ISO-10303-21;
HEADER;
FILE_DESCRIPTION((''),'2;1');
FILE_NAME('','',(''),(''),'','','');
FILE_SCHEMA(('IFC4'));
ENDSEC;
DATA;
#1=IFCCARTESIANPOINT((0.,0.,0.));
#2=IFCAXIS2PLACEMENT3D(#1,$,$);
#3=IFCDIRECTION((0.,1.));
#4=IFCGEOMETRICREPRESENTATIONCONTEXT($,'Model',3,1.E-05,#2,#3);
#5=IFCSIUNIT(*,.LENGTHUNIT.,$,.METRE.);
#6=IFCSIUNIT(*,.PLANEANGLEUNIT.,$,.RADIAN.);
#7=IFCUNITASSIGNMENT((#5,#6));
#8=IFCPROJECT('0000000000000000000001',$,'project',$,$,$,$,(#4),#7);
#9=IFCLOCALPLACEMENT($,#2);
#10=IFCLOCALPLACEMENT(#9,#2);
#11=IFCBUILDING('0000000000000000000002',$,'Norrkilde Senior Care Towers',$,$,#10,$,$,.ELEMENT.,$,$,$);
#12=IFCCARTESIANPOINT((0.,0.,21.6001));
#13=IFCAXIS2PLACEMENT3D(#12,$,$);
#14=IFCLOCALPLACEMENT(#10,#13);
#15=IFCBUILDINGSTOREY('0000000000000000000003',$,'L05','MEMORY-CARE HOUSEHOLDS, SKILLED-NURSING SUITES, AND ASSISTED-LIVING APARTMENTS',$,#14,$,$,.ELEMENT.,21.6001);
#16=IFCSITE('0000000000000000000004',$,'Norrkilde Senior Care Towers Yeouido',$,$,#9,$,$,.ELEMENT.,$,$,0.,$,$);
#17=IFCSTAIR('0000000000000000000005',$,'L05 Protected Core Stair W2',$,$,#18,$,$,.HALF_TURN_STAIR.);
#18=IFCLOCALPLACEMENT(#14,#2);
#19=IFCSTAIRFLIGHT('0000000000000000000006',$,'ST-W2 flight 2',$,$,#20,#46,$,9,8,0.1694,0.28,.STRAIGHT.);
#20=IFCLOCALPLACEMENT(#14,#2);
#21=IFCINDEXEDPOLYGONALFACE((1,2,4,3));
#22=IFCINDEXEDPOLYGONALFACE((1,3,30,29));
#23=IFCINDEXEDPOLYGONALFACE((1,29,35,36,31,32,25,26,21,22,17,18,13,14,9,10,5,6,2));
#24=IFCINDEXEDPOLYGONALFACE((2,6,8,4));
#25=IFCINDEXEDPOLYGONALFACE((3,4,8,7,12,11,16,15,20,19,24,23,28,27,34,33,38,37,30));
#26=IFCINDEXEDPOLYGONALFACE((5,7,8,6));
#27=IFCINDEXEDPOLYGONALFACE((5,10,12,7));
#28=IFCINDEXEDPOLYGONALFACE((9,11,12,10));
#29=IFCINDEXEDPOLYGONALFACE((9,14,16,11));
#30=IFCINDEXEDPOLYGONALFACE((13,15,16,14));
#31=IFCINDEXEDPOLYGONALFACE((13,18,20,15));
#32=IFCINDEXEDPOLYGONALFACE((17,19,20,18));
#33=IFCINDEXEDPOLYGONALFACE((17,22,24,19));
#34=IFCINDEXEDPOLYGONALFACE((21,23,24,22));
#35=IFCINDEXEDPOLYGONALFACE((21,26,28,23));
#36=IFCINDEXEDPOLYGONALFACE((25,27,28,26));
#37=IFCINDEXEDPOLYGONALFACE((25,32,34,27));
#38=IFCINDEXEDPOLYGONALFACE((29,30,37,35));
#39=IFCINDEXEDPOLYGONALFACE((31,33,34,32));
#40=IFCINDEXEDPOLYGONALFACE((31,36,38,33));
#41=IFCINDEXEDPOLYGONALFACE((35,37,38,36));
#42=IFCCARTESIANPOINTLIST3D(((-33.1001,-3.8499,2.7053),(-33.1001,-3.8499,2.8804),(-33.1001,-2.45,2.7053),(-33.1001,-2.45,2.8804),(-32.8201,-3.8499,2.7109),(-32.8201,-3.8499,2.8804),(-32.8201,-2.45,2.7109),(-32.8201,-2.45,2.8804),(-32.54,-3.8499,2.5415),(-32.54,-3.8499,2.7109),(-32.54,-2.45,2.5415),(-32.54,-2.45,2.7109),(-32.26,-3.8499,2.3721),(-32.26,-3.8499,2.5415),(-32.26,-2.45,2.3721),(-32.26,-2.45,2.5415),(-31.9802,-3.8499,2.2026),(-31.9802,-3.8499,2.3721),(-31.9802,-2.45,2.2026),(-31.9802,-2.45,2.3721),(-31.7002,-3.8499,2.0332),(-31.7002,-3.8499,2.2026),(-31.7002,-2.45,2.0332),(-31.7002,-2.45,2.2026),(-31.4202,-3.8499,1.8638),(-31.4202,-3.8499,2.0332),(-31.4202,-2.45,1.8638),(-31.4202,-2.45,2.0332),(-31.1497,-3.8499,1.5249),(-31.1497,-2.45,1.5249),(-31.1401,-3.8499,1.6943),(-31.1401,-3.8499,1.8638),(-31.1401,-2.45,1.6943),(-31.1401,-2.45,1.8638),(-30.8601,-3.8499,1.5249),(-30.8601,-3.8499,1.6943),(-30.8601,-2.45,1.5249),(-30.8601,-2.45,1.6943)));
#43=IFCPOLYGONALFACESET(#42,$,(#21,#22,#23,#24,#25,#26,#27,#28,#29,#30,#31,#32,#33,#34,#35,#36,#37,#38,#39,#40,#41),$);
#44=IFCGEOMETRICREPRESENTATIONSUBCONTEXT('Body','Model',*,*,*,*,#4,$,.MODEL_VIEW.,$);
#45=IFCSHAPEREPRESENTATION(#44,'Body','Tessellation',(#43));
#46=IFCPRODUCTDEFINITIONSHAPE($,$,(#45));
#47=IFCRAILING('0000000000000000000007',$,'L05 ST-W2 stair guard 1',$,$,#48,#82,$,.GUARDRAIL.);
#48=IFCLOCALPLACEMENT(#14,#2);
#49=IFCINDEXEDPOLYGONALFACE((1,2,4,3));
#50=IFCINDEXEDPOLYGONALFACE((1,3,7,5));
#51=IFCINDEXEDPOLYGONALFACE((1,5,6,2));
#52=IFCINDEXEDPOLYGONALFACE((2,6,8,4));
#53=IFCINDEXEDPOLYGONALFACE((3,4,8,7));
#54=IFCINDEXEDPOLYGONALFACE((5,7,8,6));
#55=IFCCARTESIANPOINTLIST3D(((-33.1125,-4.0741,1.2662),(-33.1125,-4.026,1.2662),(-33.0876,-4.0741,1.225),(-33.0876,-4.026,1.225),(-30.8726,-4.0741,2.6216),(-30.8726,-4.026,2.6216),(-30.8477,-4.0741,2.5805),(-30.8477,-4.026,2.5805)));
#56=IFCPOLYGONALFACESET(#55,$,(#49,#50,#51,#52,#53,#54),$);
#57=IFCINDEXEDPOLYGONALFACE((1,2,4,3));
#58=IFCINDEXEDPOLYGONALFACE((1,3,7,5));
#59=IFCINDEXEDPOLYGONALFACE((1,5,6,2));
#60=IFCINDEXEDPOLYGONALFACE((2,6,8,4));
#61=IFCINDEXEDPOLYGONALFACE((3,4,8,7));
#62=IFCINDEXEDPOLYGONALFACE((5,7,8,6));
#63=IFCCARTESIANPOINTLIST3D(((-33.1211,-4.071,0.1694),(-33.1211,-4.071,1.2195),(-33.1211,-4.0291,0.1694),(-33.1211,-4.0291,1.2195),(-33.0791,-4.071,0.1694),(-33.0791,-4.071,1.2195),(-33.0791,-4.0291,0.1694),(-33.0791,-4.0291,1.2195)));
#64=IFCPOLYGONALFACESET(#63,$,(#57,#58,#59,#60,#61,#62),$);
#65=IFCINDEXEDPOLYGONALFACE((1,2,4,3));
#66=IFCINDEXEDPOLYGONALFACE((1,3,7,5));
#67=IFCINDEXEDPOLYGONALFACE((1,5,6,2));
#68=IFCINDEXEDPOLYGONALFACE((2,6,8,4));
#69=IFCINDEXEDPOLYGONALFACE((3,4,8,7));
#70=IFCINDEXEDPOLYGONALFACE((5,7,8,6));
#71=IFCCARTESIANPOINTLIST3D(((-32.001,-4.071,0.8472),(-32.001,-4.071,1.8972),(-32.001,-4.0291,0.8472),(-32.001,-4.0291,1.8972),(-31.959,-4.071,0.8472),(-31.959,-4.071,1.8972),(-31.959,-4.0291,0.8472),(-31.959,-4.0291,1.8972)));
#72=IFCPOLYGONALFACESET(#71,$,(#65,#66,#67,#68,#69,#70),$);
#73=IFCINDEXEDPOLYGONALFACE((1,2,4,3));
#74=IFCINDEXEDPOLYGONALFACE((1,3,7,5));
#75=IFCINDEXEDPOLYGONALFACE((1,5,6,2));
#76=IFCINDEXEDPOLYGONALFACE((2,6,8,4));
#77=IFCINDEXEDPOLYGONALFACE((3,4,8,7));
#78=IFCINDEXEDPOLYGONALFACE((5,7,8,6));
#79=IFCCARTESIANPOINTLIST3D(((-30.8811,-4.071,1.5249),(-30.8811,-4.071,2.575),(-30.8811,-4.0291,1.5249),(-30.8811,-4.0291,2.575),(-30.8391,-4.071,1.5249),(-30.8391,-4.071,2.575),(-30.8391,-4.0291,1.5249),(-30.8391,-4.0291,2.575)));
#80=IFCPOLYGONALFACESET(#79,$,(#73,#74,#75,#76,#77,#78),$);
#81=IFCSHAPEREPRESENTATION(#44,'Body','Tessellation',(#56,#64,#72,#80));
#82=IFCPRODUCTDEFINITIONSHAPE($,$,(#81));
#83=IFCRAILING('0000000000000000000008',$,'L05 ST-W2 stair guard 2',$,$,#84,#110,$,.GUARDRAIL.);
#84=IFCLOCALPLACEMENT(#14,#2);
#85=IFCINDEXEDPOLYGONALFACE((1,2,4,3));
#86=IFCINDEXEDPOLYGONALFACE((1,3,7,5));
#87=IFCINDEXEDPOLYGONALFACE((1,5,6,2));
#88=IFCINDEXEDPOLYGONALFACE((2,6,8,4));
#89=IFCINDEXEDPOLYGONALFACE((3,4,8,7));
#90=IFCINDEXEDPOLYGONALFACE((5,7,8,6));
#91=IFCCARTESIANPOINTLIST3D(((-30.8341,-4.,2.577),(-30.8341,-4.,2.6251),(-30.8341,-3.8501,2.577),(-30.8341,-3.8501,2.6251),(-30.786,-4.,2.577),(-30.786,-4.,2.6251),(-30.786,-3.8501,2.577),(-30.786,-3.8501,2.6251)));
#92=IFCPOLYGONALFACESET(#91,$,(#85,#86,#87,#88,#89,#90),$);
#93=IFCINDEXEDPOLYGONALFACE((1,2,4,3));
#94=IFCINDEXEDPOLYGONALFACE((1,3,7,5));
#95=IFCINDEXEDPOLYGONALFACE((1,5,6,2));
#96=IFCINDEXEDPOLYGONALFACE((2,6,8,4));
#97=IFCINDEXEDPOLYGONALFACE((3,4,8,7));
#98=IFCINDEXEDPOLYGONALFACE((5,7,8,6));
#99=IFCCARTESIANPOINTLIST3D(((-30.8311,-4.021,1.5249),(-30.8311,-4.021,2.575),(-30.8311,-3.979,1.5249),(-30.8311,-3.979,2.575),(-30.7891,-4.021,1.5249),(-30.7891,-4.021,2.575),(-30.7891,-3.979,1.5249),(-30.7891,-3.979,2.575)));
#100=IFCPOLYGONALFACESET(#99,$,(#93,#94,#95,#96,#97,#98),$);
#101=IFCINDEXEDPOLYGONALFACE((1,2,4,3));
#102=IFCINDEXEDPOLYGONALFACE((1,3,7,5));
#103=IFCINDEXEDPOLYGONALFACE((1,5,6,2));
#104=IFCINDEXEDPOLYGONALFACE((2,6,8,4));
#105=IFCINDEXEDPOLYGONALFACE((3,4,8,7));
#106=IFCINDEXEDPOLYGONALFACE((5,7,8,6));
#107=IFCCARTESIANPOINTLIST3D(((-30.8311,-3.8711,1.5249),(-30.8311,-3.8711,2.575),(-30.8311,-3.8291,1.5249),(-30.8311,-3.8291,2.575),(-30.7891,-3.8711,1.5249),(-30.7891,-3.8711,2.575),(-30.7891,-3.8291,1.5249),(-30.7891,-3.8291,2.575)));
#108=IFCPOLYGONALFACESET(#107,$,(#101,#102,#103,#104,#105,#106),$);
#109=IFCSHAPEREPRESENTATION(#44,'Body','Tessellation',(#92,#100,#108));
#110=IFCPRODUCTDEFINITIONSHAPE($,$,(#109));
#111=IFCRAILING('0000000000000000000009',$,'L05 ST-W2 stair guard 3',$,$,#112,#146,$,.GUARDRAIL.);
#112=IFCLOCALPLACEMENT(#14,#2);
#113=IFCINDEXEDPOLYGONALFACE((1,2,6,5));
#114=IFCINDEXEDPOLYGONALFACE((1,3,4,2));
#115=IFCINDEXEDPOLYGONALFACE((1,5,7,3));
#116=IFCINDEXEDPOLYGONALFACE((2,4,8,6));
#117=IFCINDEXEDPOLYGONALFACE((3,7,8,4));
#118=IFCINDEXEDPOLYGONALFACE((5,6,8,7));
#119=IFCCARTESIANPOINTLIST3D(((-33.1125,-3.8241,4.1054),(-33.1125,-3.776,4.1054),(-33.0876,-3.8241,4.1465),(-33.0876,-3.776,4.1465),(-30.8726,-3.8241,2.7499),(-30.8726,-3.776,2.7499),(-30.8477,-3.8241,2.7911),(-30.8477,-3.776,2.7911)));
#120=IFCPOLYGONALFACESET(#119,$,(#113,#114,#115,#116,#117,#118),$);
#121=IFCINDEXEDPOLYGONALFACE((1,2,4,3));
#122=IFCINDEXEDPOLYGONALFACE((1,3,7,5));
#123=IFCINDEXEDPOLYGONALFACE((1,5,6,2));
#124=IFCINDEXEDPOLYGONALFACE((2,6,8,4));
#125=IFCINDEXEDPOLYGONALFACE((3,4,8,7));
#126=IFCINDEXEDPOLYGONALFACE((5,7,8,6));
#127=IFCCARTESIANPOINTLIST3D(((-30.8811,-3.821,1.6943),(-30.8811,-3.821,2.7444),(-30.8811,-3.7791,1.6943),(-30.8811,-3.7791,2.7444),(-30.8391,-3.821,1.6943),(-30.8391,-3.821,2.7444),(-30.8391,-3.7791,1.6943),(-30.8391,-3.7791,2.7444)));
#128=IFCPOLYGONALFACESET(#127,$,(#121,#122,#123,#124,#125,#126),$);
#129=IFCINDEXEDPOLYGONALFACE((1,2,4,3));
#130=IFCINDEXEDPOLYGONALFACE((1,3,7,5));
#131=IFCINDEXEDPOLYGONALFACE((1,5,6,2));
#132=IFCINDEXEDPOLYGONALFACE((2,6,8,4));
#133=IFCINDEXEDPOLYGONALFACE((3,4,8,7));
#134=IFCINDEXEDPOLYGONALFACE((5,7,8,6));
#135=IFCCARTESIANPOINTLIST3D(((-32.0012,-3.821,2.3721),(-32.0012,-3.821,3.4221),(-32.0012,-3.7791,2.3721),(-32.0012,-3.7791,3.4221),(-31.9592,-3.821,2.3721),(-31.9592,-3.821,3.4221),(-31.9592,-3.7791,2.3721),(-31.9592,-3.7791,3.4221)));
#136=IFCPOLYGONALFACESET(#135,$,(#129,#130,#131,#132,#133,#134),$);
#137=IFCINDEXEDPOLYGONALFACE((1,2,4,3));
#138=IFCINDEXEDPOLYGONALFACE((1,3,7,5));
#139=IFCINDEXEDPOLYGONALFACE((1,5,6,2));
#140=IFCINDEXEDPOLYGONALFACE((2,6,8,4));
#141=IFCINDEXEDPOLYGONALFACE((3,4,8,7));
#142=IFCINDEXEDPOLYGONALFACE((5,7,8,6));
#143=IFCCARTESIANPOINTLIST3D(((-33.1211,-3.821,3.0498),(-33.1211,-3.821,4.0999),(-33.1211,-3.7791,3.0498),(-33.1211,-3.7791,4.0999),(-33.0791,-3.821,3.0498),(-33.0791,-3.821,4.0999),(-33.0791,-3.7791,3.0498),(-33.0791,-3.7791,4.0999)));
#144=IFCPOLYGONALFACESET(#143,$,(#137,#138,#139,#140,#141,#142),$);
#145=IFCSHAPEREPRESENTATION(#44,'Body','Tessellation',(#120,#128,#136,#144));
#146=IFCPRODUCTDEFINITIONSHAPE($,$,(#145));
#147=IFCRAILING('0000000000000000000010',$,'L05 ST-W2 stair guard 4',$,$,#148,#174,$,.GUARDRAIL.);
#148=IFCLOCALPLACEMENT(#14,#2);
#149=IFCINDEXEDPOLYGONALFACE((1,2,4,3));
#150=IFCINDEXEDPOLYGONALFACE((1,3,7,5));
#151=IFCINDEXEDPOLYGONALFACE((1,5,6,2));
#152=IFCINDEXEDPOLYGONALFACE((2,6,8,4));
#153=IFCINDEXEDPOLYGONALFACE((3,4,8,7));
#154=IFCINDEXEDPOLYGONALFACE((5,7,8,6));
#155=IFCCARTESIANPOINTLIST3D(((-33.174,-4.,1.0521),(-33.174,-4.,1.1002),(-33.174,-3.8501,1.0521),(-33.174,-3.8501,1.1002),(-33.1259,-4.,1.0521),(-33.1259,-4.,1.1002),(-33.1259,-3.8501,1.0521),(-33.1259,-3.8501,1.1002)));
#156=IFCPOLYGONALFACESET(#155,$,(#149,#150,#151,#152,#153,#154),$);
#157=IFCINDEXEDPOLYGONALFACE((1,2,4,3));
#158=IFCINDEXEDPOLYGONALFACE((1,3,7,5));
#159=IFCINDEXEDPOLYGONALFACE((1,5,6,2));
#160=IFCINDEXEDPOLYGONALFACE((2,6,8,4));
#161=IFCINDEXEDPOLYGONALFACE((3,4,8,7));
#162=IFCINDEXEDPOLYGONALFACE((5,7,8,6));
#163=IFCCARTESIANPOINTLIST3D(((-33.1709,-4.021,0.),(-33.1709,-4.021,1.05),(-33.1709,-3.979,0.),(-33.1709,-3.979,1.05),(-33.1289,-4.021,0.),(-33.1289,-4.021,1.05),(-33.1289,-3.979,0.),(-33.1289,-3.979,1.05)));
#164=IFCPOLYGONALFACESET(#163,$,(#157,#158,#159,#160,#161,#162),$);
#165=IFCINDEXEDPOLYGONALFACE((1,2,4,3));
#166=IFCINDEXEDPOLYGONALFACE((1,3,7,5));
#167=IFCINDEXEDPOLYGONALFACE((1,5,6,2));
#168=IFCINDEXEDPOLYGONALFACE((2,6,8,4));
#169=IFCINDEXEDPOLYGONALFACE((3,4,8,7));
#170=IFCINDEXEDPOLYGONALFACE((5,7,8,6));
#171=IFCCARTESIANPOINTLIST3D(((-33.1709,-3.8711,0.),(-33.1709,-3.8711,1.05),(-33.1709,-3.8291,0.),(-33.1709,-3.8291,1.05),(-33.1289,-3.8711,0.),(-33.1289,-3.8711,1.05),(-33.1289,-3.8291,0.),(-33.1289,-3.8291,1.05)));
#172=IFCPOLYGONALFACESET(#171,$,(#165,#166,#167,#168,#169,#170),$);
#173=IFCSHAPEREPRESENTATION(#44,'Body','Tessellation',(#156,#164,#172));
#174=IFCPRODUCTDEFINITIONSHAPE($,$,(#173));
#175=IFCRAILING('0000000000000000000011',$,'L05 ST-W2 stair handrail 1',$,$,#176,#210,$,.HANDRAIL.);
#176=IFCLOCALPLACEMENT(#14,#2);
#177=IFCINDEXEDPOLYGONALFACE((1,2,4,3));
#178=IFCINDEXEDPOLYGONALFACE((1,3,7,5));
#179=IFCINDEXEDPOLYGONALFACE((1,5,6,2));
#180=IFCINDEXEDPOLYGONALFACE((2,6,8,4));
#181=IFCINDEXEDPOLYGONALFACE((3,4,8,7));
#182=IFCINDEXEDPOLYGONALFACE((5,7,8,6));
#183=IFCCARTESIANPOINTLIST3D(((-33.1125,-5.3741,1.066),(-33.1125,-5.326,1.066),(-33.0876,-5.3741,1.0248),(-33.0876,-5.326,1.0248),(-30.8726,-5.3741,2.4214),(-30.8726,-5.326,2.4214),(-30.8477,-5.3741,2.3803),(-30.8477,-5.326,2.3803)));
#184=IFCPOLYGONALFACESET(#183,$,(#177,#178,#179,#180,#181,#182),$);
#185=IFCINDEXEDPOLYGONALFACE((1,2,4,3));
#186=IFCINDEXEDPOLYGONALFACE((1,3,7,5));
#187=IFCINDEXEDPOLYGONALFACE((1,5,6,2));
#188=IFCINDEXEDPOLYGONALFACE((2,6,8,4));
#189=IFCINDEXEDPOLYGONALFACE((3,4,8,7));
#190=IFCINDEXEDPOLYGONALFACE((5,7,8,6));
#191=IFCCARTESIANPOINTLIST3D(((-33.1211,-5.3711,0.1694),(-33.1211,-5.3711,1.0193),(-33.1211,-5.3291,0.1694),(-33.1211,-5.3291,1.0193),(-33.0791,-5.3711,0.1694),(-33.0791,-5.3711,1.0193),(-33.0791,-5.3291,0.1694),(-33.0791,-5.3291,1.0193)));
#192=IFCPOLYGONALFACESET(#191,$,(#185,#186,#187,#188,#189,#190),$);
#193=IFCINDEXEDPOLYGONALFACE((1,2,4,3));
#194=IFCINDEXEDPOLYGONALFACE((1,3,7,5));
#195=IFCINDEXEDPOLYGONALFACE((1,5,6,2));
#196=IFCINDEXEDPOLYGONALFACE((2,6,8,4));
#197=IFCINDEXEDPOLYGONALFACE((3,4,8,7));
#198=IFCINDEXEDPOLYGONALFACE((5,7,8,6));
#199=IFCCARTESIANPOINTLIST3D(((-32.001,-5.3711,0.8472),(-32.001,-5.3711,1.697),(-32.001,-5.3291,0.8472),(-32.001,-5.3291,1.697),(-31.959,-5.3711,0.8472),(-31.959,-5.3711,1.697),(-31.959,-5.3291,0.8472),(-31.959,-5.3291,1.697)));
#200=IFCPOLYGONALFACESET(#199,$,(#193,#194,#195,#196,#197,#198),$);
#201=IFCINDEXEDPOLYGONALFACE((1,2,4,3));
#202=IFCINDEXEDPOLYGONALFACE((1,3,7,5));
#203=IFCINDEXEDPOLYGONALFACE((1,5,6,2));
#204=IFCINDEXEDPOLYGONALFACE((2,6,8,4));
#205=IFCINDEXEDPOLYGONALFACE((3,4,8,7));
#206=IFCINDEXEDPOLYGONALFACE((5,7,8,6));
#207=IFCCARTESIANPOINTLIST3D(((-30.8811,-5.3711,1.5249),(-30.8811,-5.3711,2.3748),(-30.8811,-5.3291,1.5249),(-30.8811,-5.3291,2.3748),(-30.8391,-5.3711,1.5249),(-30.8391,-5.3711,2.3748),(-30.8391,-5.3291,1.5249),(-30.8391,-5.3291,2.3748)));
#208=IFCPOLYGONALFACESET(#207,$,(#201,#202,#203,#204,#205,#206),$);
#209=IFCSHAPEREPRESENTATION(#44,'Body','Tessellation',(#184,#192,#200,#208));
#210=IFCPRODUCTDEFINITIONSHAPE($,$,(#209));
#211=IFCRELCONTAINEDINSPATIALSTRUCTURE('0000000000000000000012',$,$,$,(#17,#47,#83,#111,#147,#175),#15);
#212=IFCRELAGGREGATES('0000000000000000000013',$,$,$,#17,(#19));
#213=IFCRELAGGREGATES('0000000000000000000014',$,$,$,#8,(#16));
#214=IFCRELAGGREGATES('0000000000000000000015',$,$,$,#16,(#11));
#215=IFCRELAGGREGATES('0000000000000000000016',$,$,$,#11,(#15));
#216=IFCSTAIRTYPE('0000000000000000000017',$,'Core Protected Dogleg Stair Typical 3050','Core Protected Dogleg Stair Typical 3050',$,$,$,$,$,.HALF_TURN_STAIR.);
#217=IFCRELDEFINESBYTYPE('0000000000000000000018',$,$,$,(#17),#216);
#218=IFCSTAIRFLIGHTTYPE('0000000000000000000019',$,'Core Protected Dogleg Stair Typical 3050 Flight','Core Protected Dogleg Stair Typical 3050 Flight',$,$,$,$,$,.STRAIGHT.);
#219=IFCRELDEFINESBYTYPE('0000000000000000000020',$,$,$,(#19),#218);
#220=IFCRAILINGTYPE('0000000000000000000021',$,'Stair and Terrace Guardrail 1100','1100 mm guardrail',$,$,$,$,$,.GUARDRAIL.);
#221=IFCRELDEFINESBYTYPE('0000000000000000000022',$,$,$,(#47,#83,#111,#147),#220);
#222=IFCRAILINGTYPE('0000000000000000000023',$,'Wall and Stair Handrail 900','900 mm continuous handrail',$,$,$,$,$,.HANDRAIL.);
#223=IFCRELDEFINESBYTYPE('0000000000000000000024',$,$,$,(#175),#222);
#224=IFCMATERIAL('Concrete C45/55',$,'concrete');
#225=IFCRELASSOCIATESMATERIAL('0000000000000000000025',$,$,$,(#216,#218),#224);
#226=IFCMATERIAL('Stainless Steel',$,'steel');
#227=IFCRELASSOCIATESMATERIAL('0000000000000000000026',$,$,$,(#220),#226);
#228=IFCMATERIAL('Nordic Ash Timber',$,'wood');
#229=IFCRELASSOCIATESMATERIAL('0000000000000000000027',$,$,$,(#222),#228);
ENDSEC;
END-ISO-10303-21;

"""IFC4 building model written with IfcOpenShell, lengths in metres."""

from ifc_helpers import new_model, si_unit, direction, frame, origin, origin_2d, place, context, subcontext, project, spatial, polyline, rectangle, outline, extrude, material, type_object, element, aggregate, save


model = new_model("IFC4")

# Units and contexts
model_context = context("Model", 3, precision=1e-05, world=origin(), true_north=direction((0.0, 1.0)))
body_context = subcontext(model_context, "Body", "Model", "MODEL_VIEW")
ifc_project = project(units=[si_unit("LENGTHUNIT", "METRE"), si_unit("PLANEANGLEUNIT", "RADIAN")], contexts=[model_context])

# Site, building, storey
site_placement = place(None, origin())
site = spatial("IfcSite", under=ifc_project, at=site_placement, Name="Norrkilde Senior Care Towers Yeouido", CompositionType="ELEMENT", RefElevation=0.0)
building_placement = place(site_placement, origin())
building = spatial("IfcBuilding", under=site, at=building_placement, Name="Norrkilde Senior Care Towers", CompositionType="ELEMENT")
storey_placement = place(building_placement, frame((0.0, 0.0, 21.6001)))
storey = spatial("IfcBuildingStorey", under=building, at=storey_placement, Name="L05", Description="MEMORY-CARE HOUSEHOLDS, SKILLED-NURSING SUITES, AND ASSISTED-LIVING APARTMENTS", CompositionType="ELEMENT", Elevation=21.6001)

# Shared definitions
ifc_material_1 = material(Name="Concrete C45/55", Category="concrete")

# Shared definitions
ifc_material_2 = material(Name="Stainless Steel", Category="steel")

# Stair, stair flight
stair_type = type_object("IfcStairType", Name="Core Protected Dogleg Stair Typical 3050", Description="Core Protected Dogleg Stair Typical 3050", PredefinedType="HALF_TURN_STAIR", material=ifc_material_1)
stair_placement = place(storey_placement, origin())
stair = element("IfcStair", 1, at=stair_placement, inside=storey, type_object=stair_type, Name="L05 Protected Core Stair W2", PredefinedType="HALF_TURN_STAIR")
stair_flight_type = type_object("IfcStairFlightType", Name="Core Protected Dogleg Stair Typical 3050 Flight", Description="Core Protected Dogleg Stair Typical 3050 Flight", PredefinedType="STRAIGHT", material=ifc_material_1)
stair_flight_1_placement = place(storey_placement, frame((-30.8601, -3.1499, 1.5249), z_axis=(0.0, 0.0, 1.0), x_axis=(-1.0, 0.0, 0.0)))
stair_flight_1 = element("IfcStairFlight", 2, at=stair_flight_1_placement, type_object=stair_flight_type, Name="ST-W2 flight 2", NumberOfRisers=9, NumberOfTreads=8, PredefinedType="STRAIGHT", RiserHeight=0.1694, TreadLength=0.28, context=body_context, shape_type="SweptSolid", body=[
    extrude(outline(polyline([(0.0, 0.0), (0.0, 0.1694), (0.28, 0.1694), (0.28, 0.3389), (0.5601, 0.3389), (0.5601, 0.5083), (0.8401, 0.5083), (0.8401, 0.6777), (1.1201, 0.6777), (1.1201, 0.8472), (1.3999, 0.8472), (1.3999, 1.0166), (1.6799, 1.0166), (1.6799, 1.186), (1.96, 1.186), (1.96, 1.3555), (2.24, 1.3555), (2.24, 1.5249), (2.24, 1.1804), (0.2896, 0.0), (0.0, 0.0)])), frame((0.0, 0.7, 0.0), z_axis=(0.0, -1.0, 0.0), x_axis=(1.0, 0.0, 0.0)), (0.0, 0.0, 1.0), 1.3999),
])
aggregate(stair, [stair_flight_1])

# Railings
railing_type_1 = type_object("IfcRailingType", Name="Stair and Terrace Guardrail 1100", Description="1100 mm guardrail", PredefinedType="GUARDRAIL", material=ifc_material_2)
railing_1_placement = place(storey_placement, frame((-33.1001, -4.05, 0.1694)))
element("IfcRailing", 3, at=railing_1_placement, inside=storey, type_object=railing_type_1, Name="L05 ST-W2 stair guard 1", PredefinedType="GUARDRAIL", context=body_context, shape_type="SweptSolid", body=[
    extrude(rectangle(XDim=0.0481, YDim=0.0481, at=origin_2d()), frame((0.0, 0.0, 1.0762), z_axis=(0.855553, 0.0, 0.517715), x_axis=(0.0, 1.0, 0.0)), (0.0, 0.0, 1.0), 2.6182),
    extrude(rectangle(XDim=0.042, YDim=0.042, at=origin_2d()), origin(), (0.0, 0.0, 1.0), 1.05),
    extrude(rectangle(XDim=0.042, YDim=0.042, at=origin_2d()), frame((1.1201, 0.0, 0.6777)), (0.0, 0.0, 1.0), 1.05),
    extrude(rectangle(XDim=0.042, YDim=0.042, at=origin_2d()), frame((2.24, 0.0, 1.3555)), (0.0, 0.0, 1.0), 1.05),
])
railing_2_placement = place(storey_placement, frame((-30.8101, -4.0, 1.5249)))
element("IfcRailing", 4, at=railing_2_placement, inside=storey, type_object=railing_type_1, Name="L05 ST-W2 stair guard 2", PredefinedType="GUARDRAIL", context=body_context, shape_type="SweptSolid", body=[
    extrude(rectangle(XDim=0.0481, YDim=0.0481, at=origin_2d()), frame((0.0, 0.0, 1.0762), z_axis=(0.0, 1.0, 0.0), x_axis=(-1.0, 0.0, 0.0)), (0.0, 0.0, 1.0), 0.1499),
    extrude(rectangle(XDim=0.042, YDim=0.042, at=origin_2d()), origin(), (0.0, 0.0, 1.0), 1.05),
    extrude(rectangle(XDim=0.042, YDim=0.042, at=origin_2d()), frame((0.0, 0.1499, 0.0)), (0.0, 0.0, 1.0), 1.05),
])
railing_3_placement = place(storey_placement, frame((-30.8601, -3.8, 1.6943)))
element("IfcRailing", 5, at=railing_3_placement, inside=storey, type_object=railing_type_1, Name="L05 ST-W2 stair guard 3", PredefinedType="GUARDRAIL", context=body_context, shape_type="SweptSolid", body=[
    extrude(rectangle(XDim=0.0481, YDim=0.0481, at=origin_2d()), frame((0.0, 0.0, 1.0762), z_axis=(-0.855553, 0.0, 0.517715), x_axis=(0.0, -1.0, 0.0)), (0.0, 0.0, 1.0), 2.6182),
    extrude(rectangle(XDim=0.042, YDim=0.042, at=origin_2d()), origin(), (0.0, 0.0, 1.0), 1.05),
    extrude(rectangle(XDim=0.042, YDim=0.042, at=origin_2d()), frame((-1.1201, 0.0, 0.6777)), (0.0, 0.0, 1.0), 1.05),
    extrude(rectangle(XDim=0.042, YDim=0.042, at=origin_2d()), frame((-2.24, 0.0, 1.3555)), (0.0, 0.0, 1.0), 1.05),
])
railing_4_placement = place(storey_placement, frame((-33.1499, -4.0, 0.0)))
element("IfcRailing", 6, at=railing_4_placement, inside=storey, type_object=railing_type_1, Name="L05 ST-W2 stair guard 4", PredefinedType="GUARDRAIL", context=body_context, shape_type="SweptSolid", body=[
    extrude(rectangle(XDim=0.0481, YDim=0.0481, at=origin_2d()), frame((0.0, 0.0, 1.0762), z_axis=(0.0, 1.0, 0.0), x_axis=(-1.0, 0.0, 0.0)), (0.0, 0.0, 1.0), 0.1499),
    extrude(rectangle(XDim=0.042, YDim=0.042, at=origin_2d()), origin(), (0.0, 0.0, 1.0), 1.05),
    extrude(rectangle(XDim=0.042, YDim=0.042, at=origin_2d()), frame((0.0, 0.1499, 0.0)), (0.0, 0.0, 1.0), 1.05),
])
ifc_material_3 = material(Name="Nordic Ash Timber", Category="wood")
railing_type_2 = type_object("IfcRailingType", Name="Wall and Stair Handrail 900", Description="900 mm continuous handrail", PredefinedType="HANDRAIL", material=ifc_material_3)
railing_5_placement = place(storey_placement, frame((-33.1001, -5.3501, 0.1694)))
element("IfcRailing", 7, at=railing_5_placement, inside=storey, type_object=railing_type_2, Name="L05 ST-W2 stair handrail 1", PredefinedType="HANDRAIL", context=body_context, shape_type="SweptSolid", body=[
    extrude(rectangle(XDim=0.0481, YDim=0.0481, at=origin_2d()), frame((0.0, 0.0, 0.876), z_axis=(0.855553, 0.0, 0.517715), x_axis=(0.0, 1.0, 0.0)), (0.0, 0.0, 1.0), 2.6182),
    extrude(rectangle(XDim=0.042, YDim=0.042, at=origin_2d()), origin(), (0.0, 0.0, 1.0), 0.8499),
    extrude(rectangle(XDim=0.042, YDim=0.042, at=origin_2d()), frame((1.1201, 0.0, 0.6777)), (0.0, 0.0, 1.0), 0.8499),
    extrude(rectangle(XDim=0.042, YDim=0.042, at=origin_2d()), frame((2.24, 0.0, 1.3555)), (0.0, 0.0, 1.0), 0.8499),
])

save(model, "model.ifc")
